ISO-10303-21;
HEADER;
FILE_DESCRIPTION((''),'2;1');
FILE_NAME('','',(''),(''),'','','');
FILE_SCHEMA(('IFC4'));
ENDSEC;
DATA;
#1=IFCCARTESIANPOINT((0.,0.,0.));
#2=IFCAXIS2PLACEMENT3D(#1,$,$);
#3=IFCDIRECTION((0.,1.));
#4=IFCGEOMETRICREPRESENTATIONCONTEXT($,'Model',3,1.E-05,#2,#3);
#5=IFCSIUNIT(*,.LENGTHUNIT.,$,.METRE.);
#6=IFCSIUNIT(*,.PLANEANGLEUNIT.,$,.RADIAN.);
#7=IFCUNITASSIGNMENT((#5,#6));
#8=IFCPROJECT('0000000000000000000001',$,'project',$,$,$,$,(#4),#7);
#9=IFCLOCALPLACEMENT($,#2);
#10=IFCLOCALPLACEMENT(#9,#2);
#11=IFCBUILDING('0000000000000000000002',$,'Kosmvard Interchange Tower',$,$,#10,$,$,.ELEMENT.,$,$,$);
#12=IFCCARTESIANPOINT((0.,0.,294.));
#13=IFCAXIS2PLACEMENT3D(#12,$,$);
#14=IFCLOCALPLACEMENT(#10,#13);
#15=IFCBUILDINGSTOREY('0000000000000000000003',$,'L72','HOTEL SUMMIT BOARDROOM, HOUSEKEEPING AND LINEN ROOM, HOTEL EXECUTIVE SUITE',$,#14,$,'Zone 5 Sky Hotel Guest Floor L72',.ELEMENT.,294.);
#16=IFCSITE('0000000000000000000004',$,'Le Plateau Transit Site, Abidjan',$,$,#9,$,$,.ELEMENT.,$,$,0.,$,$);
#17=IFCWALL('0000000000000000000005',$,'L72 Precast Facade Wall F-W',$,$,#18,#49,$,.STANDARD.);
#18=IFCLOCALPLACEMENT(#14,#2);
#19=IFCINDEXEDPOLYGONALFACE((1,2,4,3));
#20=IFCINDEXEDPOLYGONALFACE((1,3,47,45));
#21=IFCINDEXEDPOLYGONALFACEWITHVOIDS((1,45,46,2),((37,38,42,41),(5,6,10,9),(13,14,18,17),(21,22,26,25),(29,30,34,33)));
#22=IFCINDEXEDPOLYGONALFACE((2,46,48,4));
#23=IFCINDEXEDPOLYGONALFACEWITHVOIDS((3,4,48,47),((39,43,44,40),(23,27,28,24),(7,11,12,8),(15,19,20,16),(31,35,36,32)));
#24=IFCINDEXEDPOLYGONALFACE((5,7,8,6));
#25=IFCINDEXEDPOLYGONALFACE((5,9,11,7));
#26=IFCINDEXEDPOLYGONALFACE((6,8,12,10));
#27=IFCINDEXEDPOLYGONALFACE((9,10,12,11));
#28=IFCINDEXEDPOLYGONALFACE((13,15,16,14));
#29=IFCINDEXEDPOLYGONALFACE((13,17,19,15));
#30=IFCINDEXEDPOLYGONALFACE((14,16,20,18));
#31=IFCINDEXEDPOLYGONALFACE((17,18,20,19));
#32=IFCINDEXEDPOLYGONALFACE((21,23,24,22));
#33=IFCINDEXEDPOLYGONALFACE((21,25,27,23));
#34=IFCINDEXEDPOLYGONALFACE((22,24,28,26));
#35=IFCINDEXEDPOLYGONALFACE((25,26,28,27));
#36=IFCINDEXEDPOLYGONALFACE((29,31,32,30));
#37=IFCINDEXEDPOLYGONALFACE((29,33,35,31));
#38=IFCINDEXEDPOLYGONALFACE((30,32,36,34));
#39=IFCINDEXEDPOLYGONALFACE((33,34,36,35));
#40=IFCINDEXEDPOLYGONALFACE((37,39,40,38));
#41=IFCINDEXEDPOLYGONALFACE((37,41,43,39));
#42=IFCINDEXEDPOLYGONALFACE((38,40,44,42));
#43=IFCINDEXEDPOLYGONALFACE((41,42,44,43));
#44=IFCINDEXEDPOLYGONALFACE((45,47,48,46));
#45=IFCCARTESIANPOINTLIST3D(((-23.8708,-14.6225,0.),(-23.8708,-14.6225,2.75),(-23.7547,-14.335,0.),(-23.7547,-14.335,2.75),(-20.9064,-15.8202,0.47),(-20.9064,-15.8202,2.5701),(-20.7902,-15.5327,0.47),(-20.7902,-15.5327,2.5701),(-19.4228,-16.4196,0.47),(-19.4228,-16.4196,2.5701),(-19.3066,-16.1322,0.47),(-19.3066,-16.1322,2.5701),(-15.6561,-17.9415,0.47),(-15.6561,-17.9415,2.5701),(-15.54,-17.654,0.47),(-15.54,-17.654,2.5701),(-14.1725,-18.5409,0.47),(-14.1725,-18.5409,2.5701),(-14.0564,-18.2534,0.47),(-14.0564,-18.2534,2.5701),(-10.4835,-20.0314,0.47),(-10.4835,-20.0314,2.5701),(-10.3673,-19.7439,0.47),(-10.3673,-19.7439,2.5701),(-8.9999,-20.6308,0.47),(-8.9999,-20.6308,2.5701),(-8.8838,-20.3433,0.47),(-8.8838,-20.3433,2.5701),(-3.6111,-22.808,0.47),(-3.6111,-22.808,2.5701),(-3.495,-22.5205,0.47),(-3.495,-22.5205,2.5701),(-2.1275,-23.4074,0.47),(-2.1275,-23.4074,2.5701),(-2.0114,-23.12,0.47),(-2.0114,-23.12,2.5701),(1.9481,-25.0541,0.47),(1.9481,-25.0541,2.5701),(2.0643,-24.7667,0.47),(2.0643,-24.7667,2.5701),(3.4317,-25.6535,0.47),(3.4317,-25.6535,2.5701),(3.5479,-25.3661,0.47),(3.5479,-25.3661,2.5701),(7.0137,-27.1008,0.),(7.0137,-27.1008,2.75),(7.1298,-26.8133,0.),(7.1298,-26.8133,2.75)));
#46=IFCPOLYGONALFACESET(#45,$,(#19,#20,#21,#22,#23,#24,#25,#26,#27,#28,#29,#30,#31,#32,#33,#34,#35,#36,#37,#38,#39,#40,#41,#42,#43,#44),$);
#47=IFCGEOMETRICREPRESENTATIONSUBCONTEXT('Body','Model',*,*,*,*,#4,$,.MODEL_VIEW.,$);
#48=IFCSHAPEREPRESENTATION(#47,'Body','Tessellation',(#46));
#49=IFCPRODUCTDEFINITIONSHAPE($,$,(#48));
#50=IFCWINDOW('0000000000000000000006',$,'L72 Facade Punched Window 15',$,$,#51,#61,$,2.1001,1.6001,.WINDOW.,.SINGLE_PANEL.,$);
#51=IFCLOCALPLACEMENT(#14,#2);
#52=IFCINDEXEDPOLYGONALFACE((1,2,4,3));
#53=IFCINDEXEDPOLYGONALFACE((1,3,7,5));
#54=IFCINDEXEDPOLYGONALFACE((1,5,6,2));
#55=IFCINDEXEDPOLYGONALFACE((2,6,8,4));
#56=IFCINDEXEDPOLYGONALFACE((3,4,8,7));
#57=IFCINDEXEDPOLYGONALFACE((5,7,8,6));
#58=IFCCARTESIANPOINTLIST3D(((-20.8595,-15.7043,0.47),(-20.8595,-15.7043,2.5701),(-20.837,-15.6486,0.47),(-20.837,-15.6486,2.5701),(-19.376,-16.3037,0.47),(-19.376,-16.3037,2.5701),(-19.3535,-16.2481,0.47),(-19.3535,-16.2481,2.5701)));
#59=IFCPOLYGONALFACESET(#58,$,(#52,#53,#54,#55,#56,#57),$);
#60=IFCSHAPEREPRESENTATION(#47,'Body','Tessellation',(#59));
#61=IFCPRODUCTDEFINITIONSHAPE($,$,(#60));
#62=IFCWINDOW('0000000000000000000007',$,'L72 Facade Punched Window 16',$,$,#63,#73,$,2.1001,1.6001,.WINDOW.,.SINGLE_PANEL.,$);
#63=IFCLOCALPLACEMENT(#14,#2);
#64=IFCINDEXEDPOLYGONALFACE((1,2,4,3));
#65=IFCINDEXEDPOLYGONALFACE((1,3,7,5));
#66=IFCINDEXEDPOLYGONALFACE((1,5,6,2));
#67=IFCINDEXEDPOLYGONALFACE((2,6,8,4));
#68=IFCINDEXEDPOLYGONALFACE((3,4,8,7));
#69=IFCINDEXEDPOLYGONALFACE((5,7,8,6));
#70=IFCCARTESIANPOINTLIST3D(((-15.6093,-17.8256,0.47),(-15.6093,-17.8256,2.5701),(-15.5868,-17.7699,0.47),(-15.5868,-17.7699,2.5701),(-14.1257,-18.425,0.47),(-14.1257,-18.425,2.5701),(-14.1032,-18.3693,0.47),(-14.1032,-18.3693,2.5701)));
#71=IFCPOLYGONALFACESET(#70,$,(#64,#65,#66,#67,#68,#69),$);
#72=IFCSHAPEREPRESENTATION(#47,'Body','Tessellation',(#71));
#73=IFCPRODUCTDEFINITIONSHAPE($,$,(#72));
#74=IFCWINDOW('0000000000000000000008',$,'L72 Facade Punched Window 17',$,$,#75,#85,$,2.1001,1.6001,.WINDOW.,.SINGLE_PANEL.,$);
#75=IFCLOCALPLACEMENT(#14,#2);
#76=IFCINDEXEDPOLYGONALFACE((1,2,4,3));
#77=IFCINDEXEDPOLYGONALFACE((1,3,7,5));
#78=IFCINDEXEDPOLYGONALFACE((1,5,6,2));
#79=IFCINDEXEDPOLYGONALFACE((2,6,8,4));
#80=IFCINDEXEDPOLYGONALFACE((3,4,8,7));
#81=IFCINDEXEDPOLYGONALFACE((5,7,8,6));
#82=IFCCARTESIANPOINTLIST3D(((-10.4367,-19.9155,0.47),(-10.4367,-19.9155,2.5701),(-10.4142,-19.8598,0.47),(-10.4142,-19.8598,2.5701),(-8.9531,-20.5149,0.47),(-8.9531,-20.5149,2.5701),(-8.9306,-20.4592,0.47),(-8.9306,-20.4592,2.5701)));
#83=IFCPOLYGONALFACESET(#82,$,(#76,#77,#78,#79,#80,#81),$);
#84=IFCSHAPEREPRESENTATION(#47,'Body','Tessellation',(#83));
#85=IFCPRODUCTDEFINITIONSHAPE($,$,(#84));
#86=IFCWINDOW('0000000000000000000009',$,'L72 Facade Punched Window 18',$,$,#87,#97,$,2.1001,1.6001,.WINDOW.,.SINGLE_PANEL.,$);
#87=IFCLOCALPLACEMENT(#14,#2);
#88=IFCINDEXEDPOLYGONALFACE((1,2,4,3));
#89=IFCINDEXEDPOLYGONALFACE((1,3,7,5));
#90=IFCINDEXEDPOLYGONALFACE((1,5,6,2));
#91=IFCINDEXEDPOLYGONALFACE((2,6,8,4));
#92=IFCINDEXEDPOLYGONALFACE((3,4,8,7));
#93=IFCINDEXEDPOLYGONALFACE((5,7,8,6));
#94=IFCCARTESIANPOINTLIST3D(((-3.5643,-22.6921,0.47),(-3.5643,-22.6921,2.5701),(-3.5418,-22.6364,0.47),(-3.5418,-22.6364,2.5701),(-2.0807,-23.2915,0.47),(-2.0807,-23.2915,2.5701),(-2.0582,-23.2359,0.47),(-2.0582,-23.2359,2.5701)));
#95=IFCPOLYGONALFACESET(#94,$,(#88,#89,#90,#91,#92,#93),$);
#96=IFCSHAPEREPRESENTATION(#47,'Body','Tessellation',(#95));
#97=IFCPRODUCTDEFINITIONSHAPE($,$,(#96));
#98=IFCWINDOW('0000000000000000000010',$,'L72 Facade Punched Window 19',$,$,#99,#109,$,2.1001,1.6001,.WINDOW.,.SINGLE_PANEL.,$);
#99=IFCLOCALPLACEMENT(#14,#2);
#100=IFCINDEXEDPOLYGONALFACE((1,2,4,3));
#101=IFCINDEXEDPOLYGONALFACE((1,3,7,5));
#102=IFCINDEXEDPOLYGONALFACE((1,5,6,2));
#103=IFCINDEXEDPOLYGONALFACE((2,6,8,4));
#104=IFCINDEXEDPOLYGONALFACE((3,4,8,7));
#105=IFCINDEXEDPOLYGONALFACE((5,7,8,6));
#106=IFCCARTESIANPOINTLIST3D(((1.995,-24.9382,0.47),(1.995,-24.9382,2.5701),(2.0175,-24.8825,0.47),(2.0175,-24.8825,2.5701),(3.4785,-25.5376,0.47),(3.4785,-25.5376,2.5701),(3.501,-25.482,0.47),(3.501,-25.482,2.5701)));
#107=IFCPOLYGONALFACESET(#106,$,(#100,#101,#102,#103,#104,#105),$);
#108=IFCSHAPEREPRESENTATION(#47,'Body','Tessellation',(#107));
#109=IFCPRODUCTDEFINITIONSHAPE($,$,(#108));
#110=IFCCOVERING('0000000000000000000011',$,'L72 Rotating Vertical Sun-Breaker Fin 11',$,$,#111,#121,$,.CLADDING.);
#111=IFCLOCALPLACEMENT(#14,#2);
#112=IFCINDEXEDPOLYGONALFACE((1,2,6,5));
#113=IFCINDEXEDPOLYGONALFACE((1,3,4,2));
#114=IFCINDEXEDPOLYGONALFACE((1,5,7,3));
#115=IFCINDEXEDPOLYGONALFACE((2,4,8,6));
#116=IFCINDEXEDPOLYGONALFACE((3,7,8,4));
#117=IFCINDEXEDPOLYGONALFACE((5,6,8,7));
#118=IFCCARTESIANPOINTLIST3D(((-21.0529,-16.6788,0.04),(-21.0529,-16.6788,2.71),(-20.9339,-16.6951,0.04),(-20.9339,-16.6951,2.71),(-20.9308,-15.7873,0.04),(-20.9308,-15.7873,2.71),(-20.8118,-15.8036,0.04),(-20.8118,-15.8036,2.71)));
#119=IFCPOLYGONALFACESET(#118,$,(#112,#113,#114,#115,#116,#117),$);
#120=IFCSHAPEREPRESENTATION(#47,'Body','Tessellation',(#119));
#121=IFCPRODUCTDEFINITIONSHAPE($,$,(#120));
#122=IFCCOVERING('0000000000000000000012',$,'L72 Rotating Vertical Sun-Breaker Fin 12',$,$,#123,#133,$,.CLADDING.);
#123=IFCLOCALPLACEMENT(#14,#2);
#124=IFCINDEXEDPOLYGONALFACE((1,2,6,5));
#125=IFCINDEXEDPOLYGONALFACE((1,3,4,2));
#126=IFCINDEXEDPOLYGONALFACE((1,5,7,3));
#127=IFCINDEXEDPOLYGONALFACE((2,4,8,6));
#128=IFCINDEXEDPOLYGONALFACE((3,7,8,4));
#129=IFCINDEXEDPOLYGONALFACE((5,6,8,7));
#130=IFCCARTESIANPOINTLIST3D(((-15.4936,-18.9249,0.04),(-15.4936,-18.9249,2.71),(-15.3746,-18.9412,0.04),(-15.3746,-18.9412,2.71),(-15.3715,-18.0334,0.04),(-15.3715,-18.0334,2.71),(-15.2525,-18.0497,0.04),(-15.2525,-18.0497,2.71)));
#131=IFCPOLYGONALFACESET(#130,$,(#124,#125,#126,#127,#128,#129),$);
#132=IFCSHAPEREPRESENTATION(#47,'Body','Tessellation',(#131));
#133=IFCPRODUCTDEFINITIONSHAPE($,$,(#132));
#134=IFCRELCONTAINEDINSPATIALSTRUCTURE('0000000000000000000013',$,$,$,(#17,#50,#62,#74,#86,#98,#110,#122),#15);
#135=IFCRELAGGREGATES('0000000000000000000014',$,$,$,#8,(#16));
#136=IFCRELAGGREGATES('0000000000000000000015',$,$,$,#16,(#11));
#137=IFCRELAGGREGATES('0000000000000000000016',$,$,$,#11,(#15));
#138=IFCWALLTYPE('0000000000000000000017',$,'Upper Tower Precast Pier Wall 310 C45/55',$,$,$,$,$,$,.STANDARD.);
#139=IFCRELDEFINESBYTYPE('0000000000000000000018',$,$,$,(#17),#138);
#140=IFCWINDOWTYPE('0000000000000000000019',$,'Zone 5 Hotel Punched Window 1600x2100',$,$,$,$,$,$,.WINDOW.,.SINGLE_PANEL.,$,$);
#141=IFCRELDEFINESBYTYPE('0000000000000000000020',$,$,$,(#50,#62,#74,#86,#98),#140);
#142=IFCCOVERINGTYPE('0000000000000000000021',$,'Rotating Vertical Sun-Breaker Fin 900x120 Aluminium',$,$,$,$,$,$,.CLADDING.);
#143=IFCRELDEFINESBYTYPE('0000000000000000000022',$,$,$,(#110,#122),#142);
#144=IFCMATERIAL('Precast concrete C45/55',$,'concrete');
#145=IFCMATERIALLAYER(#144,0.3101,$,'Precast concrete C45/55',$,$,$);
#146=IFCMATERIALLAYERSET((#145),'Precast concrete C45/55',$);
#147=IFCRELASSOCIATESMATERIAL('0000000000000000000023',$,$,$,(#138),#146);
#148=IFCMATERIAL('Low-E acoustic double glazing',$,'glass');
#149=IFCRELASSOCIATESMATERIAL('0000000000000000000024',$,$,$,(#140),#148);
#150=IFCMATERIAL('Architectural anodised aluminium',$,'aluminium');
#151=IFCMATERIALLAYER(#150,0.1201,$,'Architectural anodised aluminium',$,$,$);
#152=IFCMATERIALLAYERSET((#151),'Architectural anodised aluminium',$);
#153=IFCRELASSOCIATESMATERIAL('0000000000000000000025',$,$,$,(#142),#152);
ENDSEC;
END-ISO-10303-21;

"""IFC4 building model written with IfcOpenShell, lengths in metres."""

from ifc_helpers import new_model, si_unit, direction, frame, frame_2d, origin, origin_2d, place, context, subcontext, project, spatial, rectangle, extrude, source, transform, mapped, material, layer, layer_set, type_object, element, fill, save


model = new_model("IFC4")

# Units and contexts
model_context = context("Model", 3, precision=1e-05, world=origin(), true_north=direction((0.0, 1.0)))
body_context = subcontext(model_context, "Body", "Model", "MODEL_VIEW")
ifc_project = project(units=[si_unit("LENGTHUNIT", "METRE"), si_unit("PLANEANGLEUNIT", "RADIAN")], contexts=[model_context])

# Site, building, storey
site_placement = place(None, origin())
site = spatial("IfcSite", under=ifc_project, at=site_placement, Name="Le Plateau Transit Site, Abidjan", CompositionType="ELEMENT", RefElevation=0.0)
building_placement = place(site_placement, origin())
building = spatial("IfcBuilding", under=site, at=building_placement, Name="Kosmvard Interchange Tower", CompositionType="ELEMENT")
storey_placement = place(building_placement, frame((0.0, 0.0, 294.0)))
storey = spatial("IfcBuildingStorey", under=building, at=storey_placement, Name="L72", Description="HOTEL SUMMIT BOARDROOM, HOUSEKEEPING AND LINEN ROOM, HOTEL EXECUTIVE SUITE", LongName="Zone 5 Sky Hotel Guest Floor L72", CompositionType="ELEMENT", Elevation=294.0)

# Wall, openings, windows
ifc_material_1 = material(Name="Precast concrete C45/55", Category="concrete")
ifc_layer_1 = layer(ifc_material_1, 0.3101, Name="Precast concrete C45/55")
ifc_layer_set_1 = layer_set([ifc_layer_1], Name="Precast concrete C45/55")
wall_type = type_object("IfcWallType", Name="Upper Tower Precast Pier Wall 310 C45/55", PredefinedType="STANDARD", material=ifc_layer_set_1)
wall_placement = place(storey_placement, frame((-23.8127, -14.4788, 0.0), z_axis=(0.0, 0.0, 1.0), x_axis=(0.927183, -0.37461, 0.0)))
wall = element("IfcWall", 1, at=wall_placement, inside=storey, type_object=wall_type, Name="L72 Precast Facade Wall F-W", PredefinedType="STANDARD", context=body_context, shape_type="SweptSolid", body=[
    extrude(rectangle(XDim=33.3101, YDim=0.3101, at=frame_2d((16.655, 0.0))), origin(), (0.0, 0.0, 1.0), 2.75),
])
opening_1_placement = place(wall_placement, frame((3.1973, 0.0, 0.47)))
opening_1 = element("IfcOpeningElement", 2, at=opening_1_placement, cuts=wall, PredefinedType="OPENING", context=body_context, shape_type="SweptSolid", body=[
    extrude(rectangle(XDim=1.6001, YDim=2.1001, at=frame_2d((0.8, 1.05))), frame((0.0, 0.165, 0.0), z_axis=(0.0, -1.0, 0.0), x_axis=(1.0, 0.0, 0.0)), (0.0, 0.0, 1.0), 0.3301),
])
opening_2_placement = place(wall_placement, frame((8.8599, 0.0, 0.47)))
opening_2 = element("IfcOpeningElement", 3, at=opening_2_placement, cuts=wall, PredefinedType="OPENING", context=body_context, shape_type="SweptSolid", body=[
    extrude(rectangle(XDim=1.6001, YDim=2.1001, at=frame_2d((0.8, 1.05))), frame((0.0, 0.165, 0.0), z_axis=(0.0, -1.0, 0.0), x_axis=(1.0, 0.0, 0.0)), (0.0, 0.0, 1.0), 0.3301),
])
opening_3_placement = place(wall_placement, frame((14.4387, 0.0, 0.47)))
opening_3 = element("IfcOpeningElement", 4, at=opening_3_placement, cuts=wall, PredefinedType="OPENING", context=body_context, shape_type="SweptSolid", body=[
    extrude(rectangle(XDim=1.6001, YDim=2.1001, at=frame_2d((0.8, 1.05))), frame((0.0, 0.165, 0.0), z_axis=(0.0, -1.0, 0.0), x_axis=(1.0, 0.0, 0.0)), (0.0, 0.0, 1.0), 0.3301),
])
opening_4_placement = place(wall_placement, frame((21.8508, 0.0, 0.47)))
opening_4 = element("IfcOpeningElement", 5, at=opening_4_placement, cuts=wall, PredefinedType="OPENING", context=body_context, shape_type="SweptSolid", body=[
    extrude(rectangle(XDim=1.6001, YDim=2.1001, at=frame_2d((0.8, 1.05))), frame((0.0, 0.165, 0.0), z_axis=(0.0, -1.0, 0.0), x_axis=(1.0, 0.0, 0.0)), (0.0, 0.0, 1.0), 0.3301),
])
opening_5_placement = place(wall_placement, frame((27.8467, 0.0, 0.47)))
opening_5 = element("IfcOpeningElement", 6, at=opening_5_placement, cuts=wall, PredefinedType="OPENING", context=body_context, shape_type="SweptSolid", body=[
    extrude(rectangle(XDim=1.6001, YDim=2.1001, at=frame_2d((0.8, 1.05))), frame((0.0, 0.165, 0.0), z_axis=(0.0, -1.0, 0.0), x_axis=(1.0, 0.0, 0.0)), (0.0, 0.0, 1.0), 0.3301),
])
ifc_material_2 = material(Name="Low-E acoustic double glazing", Category="glass")
window_type = type_object("IfcWindowType", Name="Zone 5 Hotel Punched Window 1600x2100", PartitioningType="SINGLE_PANEL", PredefinedType="WINDOW", material=ifc_material_2)
shared_shape_1 = source(origin(), body_context, "Body", "SweptSolid", [
    extrude(rectangle(XDim=1.6001, YDim=2.1001, at=frame_2d((0.8, 1.05))), frame((0.0, 0.03, 0.0), z_axis=(0.0, -1.0, 0.0), x_axis=(1.0, 0.0, 0.0)), (0.0, 0.0, 1.0), 0.0601),
])
window_1_placement = place(opening_1_placement, origin())
window_1 = element("IfcWindow", 7, at=window_1_placement, inside=storey, type_object=window_type, Name="L72 Facade Punched Window 15", OverallHeight=2.1001, OverallWidth=1.6001, PartitioningType="SINGLE_PANEL", PredefinedType="WINDOW", context=body_context, shape_type="MappedRepresentation", body=[
    mapped(shared_shape_1, transform((0.0, 0.0, 0.0), scale=1.0)),
])
fill(opening_1, window_1)
window_2_placement = place(opening_2_placement, origin())
window_2 = element("IfcWindow", 8, at=window_2_placement, inside=storey, type_object=window_type, Name="L72 Facade Punched Window 16", OverallHeight=2.1001, OverallWidth=1.6001, PartitioningType="SINGLE_PANEL", PredefinedType="WINDOW", context=body_context, shape_type="MappedRepresentation", body=[
    mapped(shared_shape_1, transform((0.0, 0.0, 0.0), scale=1.0)),
])
fill(opening_2, window_2)
window_3_placement = place(opening_3_placement, origin())
window_3 = element("IfcWindow", 9, at=window_3_placement, inside=storey, type_object=window_type, Name="L72 Facade Punched Window 17", OverallHeight=2.1001, OverallWidth=1.6001, PartitioningType="SINGLE_PANEL", PredefinedType="WINDOW", context=body_context, shape_type="MappedRepresentation", body=[
    mapped(shared_shape_1, transform((0.0, 0.0, 0.0), scale=1.0)),
])
fill(opening_3, window_3)
window_4_placement = place(opening_4_placement, origin())
window_4 = element("IfcWindow", 10, at=window_4_placement, inside=storey, type_object=window_type, Name="L72 Facade Punched Window 18", OverallHeight=2.1001, OverallWidth=1.6001, PartitioningType="SINGLE_PANEL", PredefinedType="WINDOW", context=body_context, shape_type="MappedRepresentation", body=[
    mapped(shared_shape_1, transform((0.0, 0.0, 0.0), scale=1.0)),
])
fill(opening_4, window_4)
window_5_placement = place(opening_5_placement, origin())
window_5 = element("IfcWindow", 11, at=window_5_placement, inside=storey, type_object=window_type, Name="L72 Facade Punched Window 19", OverallHeight=2.1001, OverallWidth=1.6001, PartitioningType="SINGLE_PANEL", PredefinedType="WINDOW", context=body_context, shape_type="MappedRepresentation", body=[
    mapped(shared_shape_1, transform((0.0, 0.0, 0.0), scale=1.0)),
])
fill(opening_5, window_5)

# Coverings
ifc_material_3 = material(Name="Architectural anodised aluminium", Category="aluminium")
ifc_layer_2 = layer(ifc_material_3, 0.1201, Name="Architectural anodised aluminium")
ifc_layer_set_2 = layer_set([ifc_layer_2], Name="Architectural anodised aluminium")
covering_type = type_object("IfcCoveringType", Name="Rotating Vertical Sun-Breaker Fin 900x120 Aluminium", PredefinedType="CLADDING", material=ifc_layer_set_2)
shared_shape_2 = source(origin(), body_context, "Body", "SweptSolid", [
    extrude(rectangle(XDim=0.8999, YDim=0.1201, at=origin_2d()), origin(), (0.0, 0.0, 1.0), 2.6699),
])
for number, where, z_axis, x_axis, name in (
    (12, (-20.9324, -16.2412, 0.04), (0.0, 0.0, 1.0), (-0.135716, -0.990748, 0.0), "L72 Rotating Vertical Sun-Breaker Fin 11"),
    (13, (-15.373, -18.4873, 0.04), (0.0, 0.0, 1.0), (-0.135716, -0.990748, 0.0), "L72 Rotating Vertical Sun-Breaker Fin 12"),
):
    element("IfcCovering", number, at=place(storey_placement, frame(where, z_axis=z_axis, x_axis=x_axis)), inside=storey, type_object=covering_type, Name=name, PredefinedType="CLADDING", context=body_context, shape_type="MappedRepresentation", body=[
        mapped(shared_shape_2, transform((0.0, 0.0, 0.0), scale=1.0)),
    ])

save(model, "model.ifc")
